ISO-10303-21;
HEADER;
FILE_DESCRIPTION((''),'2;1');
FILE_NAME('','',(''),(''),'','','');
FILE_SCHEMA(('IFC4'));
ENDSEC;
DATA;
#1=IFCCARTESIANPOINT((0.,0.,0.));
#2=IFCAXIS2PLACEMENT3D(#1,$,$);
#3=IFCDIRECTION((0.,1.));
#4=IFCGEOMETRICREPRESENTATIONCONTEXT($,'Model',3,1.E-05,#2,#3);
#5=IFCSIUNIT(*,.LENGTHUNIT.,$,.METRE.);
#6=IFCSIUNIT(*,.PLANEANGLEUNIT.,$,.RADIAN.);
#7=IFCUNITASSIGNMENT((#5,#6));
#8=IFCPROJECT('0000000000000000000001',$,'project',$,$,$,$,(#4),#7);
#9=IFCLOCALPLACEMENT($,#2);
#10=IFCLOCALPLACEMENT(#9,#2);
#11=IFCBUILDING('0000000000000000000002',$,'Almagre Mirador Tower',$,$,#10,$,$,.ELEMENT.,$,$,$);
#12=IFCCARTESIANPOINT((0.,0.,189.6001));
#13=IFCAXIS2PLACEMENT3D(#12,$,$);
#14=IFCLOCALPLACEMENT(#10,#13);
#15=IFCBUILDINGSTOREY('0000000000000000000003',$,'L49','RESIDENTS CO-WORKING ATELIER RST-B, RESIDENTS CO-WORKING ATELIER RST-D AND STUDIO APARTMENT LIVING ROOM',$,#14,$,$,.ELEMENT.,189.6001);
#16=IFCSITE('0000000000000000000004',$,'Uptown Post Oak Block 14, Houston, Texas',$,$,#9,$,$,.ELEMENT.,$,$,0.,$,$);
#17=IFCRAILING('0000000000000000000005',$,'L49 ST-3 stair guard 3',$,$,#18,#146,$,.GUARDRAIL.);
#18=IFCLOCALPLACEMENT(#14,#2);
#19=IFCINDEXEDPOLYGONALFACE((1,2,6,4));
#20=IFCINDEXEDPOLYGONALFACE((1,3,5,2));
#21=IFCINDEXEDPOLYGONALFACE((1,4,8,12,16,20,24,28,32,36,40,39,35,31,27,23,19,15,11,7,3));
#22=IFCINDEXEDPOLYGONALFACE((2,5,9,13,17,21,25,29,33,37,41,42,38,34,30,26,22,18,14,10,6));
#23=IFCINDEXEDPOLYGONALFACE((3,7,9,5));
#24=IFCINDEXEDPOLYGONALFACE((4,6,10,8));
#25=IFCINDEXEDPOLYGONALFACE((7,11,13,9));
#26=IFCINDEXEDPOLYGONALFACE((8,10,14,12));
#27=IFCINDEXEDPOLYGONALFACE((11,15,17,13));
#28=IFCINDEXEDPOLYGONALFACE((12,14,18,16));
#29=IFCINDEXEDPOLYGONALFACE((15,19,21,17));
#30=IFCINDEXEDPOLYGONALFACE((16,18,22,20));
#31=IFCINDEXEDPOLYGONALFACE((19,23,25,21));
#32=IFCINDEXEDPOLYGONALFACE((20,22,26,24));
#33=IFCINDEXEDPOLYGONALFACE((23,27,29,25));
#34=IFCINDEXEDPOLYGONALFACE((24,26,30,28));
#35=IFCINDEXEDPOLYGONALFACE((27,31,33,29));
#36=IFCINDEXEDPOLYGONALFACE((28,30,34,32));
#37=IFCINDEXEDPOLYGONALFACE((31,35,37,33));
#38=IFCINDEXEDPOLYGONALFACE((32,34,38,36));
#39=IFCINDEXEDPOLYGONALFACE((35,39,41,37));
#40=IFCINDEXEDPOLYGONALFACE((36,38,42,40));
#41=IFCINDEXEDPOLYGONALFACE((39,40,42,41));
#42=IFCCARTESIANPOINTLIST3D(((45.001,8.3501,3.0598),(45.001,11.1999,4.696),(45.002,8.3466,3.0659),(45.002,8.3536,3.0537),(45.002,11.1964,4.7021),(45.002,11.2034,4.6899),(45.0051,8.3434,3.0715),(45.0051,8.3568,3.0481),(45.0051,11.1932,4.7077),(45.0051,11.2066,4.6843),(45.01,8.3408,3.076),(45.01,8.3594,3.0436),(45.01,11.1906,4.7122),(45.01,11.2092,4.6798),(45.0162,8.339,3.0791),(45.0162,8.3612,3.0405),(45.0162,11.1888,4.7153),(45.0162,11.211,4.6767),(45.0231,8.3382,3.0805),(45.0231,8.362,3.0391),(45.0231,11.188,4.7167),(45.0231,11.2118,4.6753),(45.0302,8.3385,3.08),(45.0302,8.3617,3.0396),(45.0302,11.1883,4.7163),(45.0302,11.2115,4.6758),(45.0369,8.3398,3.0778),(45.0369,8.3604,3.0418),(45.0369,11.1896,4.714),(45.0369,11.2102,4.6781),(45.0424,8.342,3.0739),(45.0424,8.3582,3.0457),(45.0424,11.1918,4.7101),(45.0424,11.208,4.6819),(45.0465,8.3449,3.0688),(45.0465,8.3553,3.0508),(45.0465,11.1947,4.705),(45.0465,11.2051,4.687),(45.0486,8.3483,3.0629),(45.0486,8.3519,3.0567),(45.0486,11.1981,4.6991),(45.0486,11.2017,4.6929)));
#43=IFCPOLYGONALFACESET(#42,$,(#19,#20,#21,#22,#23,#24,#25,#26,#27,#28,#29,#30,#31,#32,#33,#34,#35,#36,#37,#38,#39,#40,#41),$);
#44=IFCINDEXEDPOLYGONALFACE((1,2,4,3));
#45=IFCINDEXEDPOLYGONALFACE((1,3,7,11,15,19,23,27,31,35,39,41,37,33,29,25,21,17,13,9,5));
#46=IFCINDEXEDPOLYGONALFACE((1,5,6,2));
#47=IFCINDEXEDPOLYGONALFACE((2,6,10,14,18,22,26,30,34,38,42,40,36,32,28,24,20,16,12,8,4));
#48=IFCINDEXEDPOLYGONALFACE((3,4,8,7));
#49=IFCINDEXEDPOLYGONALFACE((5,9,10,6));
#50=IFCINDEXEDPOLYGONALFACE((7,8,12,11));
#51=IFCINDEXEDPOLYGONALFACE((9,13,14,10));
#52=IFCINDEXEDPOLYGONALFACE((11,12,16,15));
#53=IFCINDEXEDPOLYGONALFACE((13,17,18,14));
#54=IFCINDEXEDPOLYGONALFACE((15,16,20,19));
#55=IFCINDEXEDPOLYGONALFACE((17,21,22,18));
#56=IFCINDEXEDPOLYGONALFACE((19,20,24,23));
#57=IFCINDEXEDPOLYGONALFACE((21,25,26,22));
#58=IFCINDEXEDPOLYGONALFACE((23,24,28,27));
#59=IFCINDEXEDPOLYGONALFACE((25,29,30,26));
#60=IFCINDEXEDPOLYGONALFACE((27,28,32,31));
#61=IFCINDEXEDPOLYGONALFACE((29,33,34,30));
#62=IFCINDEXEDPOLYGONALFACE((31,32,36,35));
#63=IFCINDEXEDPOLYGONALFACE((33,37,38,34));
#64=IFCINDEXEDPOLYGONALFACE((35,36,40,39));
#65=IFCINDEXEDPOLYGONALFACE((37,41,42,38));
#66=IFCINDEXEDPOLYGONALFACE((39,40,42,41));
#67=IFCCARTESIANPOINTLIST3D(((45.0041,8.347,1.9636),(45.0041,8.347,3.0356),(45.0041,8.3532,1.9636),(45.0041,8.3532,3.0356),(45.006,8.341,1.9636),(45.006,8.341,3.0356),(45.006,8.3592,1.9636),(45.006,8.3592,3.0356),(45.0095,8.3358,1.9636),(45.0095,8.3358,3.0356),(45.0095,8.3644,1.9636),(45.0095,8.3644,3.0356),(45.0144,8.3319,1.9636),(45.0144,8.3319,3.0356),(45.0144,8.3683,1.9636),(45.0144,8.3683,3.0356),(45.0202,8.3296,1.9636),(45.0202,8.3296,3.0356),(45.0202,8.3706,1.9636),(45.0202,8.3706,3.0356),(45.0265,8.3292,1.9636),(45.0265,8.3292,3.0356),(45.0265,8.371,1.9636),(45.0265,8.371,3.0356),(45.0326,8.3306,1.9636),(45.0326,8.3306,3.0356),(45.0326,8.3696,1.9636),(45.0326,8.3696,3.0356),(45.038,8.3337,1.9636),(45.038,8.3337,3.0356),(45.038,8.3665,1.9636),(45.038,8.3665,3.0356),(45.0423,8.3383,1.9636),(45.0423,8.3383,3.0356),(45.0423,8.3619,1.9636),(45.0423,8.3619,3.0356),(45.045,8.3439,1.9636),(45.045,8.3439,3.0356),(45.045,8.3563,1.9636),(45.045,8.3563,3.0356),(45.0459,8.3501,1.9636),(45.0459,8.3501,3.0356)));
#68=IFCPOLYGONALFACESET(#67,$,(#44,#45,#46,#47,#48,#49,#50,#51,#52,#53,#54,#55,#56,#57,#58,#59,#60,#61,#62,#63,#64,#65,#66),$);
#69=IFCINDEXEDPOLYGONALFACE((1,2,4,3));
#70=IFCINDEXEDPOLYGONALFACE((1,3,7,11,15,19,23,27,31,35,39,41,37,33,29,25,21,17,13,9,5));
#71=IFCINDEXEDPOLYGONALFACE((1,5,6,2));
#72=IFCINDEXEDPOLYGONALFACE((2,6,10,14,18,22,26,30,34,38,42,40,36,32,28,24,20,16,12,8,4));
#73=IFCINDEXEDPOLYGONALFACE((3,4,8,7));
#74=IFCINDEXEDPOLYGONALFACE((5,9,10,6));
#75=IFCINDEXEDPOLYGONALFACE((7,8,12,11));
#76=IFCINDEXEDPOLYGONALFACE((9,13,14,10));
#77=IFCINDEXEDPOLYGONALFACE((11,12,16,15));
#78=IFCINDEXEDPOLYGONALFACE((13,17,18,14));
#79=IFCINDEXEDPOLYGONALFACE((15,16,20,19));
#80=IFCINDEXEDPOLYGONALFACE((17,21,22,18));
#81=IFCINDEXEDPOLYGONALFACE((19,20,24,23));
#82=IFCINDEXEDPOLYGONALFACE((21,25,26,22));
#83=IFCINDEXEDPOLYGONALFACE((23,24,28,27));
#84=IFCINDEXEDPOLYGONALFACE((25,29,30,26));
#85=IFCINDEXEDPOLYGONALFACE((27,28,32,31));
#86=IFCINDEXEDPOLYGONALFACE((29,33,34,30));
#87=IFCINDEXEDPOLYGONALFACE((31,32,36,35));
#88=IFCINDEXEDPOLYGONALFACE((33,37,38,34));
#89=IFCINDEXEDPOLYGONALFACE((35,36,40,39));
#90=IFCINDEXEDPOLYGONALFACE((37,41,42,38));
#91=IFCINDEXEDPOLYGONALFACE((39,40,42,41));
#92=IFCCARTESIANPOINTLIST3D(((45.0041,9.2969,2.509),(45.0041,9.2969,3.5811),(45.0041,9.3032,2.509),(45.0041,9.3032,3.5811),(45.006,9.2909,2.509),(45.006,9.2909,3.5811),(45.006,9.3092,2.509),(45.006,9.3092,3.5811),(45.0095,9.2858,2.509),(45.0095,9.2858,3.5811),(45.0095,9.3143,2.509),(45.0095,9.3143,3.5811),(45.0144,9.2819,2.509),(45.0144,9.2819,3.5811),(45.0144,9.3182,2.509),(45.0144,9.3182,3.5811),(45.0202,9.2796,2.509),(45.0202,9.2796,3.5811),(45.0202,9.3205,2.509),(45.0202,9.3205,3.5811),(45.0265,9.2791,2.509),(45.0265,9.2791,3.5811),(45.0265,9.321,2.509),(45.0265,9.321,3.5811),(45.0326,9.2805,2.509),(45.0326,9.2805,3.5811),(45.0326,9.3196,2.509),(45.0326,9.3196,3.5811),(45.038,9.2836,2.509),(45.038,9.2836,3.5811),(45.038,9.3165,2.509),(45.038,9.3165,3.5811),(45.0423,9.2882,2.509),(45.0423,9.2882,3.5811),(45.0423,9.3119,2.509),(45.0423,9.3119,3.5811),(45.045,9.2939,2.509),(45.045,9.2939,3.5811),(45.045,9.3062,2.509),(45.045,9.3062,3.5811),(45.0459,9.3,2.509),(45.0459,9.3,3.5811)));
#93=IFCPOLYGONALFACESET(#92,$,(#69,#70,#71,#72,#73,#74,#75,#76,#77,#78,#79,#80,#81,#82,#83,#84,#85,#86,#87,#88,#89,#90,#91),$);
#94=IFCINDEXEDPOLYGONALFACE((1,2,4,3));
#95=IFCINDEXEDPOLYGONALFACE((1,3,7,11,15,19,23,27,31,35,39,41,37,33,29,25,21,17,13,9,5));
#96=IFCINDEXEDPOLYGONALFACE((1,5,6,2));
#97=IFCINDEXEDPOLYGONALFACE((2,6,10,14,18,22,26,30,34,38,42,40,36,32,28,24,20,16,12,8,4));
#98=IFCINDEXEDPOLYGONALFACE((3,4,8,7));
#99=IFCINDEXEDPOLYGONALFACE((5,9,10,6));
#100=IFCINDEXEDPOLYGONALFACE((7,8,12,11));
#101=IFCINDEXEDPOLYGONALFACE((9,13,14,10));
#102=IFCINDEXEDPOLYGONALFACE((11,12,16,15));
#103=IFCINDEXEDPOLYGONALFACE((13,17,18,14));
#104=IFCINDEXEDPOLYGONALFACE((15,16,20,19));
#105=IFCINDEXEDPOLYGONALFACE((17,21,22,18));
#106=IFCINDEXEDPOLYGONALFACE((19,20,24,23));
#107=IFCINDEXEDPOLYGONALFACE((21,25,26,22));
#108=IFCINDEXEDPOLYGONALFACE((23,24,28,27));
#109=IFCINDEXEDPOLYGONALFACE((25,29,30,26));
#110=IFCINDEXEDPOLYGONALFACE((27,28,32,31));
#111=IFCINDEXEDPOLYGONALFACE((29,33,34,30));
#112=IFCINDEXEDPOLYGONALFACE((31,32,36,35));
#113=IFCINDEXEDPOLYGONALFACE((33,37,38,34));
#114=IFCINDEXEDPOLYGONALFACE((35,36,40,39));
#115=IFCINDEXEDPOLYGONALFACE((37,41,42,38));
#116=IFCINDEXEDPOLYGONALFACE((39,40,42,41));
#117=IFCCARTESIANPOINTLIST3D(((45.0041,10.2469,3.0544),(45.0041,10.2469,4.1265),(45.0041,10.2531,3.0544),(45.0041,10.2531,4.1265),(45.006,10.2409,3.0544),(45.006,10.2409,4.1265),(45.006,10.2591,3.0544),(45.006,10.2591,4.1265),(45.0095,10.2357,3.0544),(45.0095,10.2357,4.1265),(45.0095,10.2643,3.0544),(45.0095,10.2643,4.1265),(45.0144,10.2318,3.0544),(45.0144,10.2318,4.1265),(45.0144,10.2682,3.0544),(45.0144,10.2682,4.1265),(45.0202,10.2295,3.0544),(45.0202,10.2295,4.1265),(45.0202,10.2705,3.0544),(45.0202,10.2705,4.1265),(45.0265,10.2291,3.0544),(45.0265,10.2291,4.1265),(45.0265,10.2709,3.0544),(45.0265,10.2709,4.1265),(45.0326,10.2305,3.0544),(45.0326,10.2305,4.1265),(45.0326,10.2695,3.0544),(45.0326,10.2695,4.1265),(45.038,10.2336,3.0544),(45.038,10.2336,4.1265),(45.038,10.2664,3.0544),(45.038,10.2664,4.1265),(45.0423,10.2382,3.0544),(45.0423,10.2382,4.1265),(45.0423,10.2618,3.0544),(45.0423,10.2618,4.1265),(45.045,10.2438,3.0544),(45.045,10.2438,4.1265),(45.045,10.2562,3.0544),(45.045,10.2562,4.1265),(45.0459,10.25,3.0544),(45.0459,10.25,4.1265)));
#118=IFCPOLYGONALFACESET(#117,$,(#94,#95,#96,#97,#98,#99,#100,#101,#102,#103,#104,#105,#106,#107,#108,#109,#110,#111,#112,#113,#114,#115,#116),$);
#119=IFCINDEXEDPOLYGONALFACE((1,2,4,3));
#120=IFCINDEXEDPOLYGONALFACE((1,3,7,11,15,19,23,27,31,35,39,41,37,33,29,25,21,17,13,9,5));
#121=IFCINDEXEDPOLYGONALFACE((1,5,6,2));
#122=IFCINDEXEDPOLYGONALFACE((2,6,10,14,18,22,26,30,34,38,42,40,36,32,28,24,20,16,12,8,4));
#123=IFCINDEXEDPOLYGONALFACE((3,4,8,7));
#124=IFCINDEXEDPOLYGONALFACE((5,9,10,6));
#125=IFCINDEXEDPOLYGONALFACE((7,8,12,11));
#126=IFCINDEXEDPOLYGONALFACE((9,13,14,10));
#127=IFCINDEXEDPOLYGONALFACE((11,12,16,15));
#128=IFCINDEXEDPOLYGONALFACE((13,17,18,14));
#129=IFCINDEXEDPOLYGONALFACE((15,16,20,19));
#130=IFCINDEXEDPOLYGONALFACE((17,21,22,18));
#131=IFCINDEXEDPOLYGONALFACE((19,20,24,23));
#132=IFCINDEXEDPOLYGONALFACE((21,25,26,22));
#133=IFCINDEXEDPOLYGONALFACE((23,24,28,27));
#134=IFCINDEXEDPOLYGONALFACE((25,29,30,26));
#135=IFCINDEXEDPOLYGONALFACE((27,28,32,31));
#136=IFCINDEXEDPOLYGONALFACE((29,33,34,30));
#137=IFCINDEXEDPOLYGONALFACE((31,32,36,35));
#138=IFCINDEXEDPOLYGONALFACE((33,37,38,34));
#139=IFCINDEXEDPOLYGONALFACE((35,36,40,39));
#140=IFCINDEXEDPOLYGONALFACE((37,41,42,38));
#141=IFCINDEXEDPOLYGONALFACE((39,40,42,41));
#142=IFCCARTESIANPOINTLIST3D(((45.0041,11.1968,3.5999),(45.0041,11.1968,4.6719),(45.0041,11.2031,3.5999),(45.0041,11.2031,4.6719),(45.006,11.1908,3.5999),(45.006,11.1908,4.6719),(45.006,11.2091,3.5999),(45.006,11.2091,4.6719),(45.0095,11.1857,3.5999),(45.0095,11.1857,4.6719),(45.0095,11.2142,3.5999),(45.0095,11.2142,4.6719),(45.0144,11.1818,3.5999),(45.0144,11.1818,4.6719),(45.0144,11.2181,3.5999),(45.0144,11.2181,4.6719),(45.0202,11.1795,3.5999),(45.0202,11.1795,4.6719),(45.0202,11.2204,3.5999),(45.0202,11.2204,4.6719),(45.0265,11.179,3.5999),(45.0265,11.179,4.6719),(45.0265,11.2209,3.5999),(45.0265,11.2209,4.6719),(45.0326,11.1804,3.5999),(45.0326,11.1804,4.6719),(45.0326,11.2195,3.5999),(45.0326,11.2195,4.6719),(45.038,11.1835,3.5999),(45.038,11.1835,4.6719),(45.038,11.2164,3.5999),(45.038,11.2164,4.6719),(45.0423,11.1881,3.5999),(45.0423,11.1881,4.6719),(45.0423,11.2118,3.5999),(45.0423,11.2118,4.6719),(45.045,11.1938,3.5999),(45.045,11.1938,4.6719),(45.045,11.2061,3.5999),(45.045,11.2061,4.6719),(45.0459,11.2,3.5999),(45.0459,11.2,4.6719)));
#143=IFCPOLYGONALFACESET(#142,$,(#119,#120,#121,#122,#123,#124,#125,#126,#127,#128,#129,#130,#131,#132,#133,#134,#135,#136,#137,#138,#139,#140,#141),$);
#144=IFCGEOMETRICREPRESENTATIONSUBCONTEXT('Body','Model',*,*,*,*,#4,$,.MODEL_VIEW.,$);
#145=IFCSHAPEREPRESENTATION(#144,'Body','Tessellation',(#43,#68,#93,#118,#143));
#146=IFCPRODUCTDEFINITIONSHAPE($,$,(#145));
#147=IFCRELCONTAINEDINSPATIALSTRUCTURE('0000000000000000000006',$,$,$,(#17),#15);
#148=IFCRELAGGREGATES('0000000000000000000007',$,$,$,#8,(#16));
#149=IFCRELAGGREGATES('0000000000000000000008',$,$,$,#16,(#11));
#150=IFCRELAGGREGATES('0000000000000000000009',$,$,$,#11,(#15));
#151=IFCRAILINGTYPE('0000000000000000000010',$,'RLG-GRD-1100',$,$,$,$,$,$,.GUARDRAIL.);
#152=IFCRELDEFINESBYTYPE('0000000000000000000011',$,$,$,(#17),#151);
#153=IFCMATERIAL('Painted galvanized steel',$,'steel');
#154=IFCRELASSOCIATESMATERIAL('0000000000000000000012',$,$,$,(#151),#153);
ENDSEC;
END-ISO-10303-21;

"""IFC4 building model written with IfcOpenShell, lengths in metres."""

from ifc_helpers import new_model, si_unit, direction, frame, origin, origin_2d, place, context, subcontext, project, spatial, circle, extrude, material, type_object, element, save


model = new_model("IFC4")

# Units and contexts
model_context = context("Model", 3, precision=1e-05, world=origin(), true_north=direction((0.0, 1.0)))
body_context = subcontext(model_context, "Body", "Model", "MODEL_VIEW")
ifc_project = project(units=[si_unit("LENGTHUNIT", "METRE"), si_unit("PLANEANGLEUNIT", "RADIAN")], contexts=[model_context])

# Site, building, storey
site_placement = place(None, origin())
site = spatial("IfcSite", under=ifc_project, at=site_placement, Name="Uptown Post Oak Block 14, Houston, Texas", CompositionType="ELEMENT", RefElevation=0.0)
building_placement = place(site_placement, origin())
building = spatial("IfcBuilding", under=site, at=building_placement, Name="Almagre Mirador Tower", CompositionType="ELEMENT")
storey_placement = place(building_placement, frame((0.0, 0.0, 189.6001)))
storey = spatial("IfcBuildingStorey", under=building, at=storey_placement, Name="L49", Description="RESIDENTS CO-WORKING ATELIER RST-B, RESIDENTS CO-WORKING ATELIER RST-D AND STUDIO APARTMENT LIVING ROOM", CompositionType="ELEMENT", Elevation=189.6001)

# Railing
ifc_material_1 = material(Name="Painted galvanized steel", Category="steel")
railing_type_1 = type_object("IfcRailingType", Name="RLG-GRD-1100", PredefinedType="GUARDRAIL", material=ifc_material_1)
railing_1_placement = place(storey_placement, frame((45.0249, 8.3501, 1.9636)))
element("IfcRailing", 1, at=railing_1_placement, inside=storey, type_object=railing_type_1, Name="L49 ST-3 stair guard 3", PredefinedType="GUARDRAIL", context=body_context, shape_type="SweptSolid", body=[
    extrude(circle(Radius=0.0239, at=origin_2d()), frame((0.0, 0.0, 1.0962), z_axis=(0.0, 0.867226, 0.497914), x_axis=(-1.0, 0.0, 0.0)), (0.0, 0.0, 1.0), 3.2861),
    extrude(circle(Radius=0.021, at=origin_2d()), origin(), (0.0, 0.0, 1.0), 1.072),
    extrude(circle(Radius=0.021, at=origin_2d()), frame((0.0, 0.95, 0.5454)), (0.0, 0.0, 1.0), 1.072),
    extrude(circle(Radius=0.021, at=origin_2d()), frame((0.0, 1.8999, 1.0908)), (0.0, 0.0, 1.0), 1.072),
    extrude(circle(Radius=0.021, at=origin_2d()), frame((0.0, 2.8499, 1.6362)), (0.0, 0.0, 1.0), 1.072),
])

save(model, "model.ifc")
